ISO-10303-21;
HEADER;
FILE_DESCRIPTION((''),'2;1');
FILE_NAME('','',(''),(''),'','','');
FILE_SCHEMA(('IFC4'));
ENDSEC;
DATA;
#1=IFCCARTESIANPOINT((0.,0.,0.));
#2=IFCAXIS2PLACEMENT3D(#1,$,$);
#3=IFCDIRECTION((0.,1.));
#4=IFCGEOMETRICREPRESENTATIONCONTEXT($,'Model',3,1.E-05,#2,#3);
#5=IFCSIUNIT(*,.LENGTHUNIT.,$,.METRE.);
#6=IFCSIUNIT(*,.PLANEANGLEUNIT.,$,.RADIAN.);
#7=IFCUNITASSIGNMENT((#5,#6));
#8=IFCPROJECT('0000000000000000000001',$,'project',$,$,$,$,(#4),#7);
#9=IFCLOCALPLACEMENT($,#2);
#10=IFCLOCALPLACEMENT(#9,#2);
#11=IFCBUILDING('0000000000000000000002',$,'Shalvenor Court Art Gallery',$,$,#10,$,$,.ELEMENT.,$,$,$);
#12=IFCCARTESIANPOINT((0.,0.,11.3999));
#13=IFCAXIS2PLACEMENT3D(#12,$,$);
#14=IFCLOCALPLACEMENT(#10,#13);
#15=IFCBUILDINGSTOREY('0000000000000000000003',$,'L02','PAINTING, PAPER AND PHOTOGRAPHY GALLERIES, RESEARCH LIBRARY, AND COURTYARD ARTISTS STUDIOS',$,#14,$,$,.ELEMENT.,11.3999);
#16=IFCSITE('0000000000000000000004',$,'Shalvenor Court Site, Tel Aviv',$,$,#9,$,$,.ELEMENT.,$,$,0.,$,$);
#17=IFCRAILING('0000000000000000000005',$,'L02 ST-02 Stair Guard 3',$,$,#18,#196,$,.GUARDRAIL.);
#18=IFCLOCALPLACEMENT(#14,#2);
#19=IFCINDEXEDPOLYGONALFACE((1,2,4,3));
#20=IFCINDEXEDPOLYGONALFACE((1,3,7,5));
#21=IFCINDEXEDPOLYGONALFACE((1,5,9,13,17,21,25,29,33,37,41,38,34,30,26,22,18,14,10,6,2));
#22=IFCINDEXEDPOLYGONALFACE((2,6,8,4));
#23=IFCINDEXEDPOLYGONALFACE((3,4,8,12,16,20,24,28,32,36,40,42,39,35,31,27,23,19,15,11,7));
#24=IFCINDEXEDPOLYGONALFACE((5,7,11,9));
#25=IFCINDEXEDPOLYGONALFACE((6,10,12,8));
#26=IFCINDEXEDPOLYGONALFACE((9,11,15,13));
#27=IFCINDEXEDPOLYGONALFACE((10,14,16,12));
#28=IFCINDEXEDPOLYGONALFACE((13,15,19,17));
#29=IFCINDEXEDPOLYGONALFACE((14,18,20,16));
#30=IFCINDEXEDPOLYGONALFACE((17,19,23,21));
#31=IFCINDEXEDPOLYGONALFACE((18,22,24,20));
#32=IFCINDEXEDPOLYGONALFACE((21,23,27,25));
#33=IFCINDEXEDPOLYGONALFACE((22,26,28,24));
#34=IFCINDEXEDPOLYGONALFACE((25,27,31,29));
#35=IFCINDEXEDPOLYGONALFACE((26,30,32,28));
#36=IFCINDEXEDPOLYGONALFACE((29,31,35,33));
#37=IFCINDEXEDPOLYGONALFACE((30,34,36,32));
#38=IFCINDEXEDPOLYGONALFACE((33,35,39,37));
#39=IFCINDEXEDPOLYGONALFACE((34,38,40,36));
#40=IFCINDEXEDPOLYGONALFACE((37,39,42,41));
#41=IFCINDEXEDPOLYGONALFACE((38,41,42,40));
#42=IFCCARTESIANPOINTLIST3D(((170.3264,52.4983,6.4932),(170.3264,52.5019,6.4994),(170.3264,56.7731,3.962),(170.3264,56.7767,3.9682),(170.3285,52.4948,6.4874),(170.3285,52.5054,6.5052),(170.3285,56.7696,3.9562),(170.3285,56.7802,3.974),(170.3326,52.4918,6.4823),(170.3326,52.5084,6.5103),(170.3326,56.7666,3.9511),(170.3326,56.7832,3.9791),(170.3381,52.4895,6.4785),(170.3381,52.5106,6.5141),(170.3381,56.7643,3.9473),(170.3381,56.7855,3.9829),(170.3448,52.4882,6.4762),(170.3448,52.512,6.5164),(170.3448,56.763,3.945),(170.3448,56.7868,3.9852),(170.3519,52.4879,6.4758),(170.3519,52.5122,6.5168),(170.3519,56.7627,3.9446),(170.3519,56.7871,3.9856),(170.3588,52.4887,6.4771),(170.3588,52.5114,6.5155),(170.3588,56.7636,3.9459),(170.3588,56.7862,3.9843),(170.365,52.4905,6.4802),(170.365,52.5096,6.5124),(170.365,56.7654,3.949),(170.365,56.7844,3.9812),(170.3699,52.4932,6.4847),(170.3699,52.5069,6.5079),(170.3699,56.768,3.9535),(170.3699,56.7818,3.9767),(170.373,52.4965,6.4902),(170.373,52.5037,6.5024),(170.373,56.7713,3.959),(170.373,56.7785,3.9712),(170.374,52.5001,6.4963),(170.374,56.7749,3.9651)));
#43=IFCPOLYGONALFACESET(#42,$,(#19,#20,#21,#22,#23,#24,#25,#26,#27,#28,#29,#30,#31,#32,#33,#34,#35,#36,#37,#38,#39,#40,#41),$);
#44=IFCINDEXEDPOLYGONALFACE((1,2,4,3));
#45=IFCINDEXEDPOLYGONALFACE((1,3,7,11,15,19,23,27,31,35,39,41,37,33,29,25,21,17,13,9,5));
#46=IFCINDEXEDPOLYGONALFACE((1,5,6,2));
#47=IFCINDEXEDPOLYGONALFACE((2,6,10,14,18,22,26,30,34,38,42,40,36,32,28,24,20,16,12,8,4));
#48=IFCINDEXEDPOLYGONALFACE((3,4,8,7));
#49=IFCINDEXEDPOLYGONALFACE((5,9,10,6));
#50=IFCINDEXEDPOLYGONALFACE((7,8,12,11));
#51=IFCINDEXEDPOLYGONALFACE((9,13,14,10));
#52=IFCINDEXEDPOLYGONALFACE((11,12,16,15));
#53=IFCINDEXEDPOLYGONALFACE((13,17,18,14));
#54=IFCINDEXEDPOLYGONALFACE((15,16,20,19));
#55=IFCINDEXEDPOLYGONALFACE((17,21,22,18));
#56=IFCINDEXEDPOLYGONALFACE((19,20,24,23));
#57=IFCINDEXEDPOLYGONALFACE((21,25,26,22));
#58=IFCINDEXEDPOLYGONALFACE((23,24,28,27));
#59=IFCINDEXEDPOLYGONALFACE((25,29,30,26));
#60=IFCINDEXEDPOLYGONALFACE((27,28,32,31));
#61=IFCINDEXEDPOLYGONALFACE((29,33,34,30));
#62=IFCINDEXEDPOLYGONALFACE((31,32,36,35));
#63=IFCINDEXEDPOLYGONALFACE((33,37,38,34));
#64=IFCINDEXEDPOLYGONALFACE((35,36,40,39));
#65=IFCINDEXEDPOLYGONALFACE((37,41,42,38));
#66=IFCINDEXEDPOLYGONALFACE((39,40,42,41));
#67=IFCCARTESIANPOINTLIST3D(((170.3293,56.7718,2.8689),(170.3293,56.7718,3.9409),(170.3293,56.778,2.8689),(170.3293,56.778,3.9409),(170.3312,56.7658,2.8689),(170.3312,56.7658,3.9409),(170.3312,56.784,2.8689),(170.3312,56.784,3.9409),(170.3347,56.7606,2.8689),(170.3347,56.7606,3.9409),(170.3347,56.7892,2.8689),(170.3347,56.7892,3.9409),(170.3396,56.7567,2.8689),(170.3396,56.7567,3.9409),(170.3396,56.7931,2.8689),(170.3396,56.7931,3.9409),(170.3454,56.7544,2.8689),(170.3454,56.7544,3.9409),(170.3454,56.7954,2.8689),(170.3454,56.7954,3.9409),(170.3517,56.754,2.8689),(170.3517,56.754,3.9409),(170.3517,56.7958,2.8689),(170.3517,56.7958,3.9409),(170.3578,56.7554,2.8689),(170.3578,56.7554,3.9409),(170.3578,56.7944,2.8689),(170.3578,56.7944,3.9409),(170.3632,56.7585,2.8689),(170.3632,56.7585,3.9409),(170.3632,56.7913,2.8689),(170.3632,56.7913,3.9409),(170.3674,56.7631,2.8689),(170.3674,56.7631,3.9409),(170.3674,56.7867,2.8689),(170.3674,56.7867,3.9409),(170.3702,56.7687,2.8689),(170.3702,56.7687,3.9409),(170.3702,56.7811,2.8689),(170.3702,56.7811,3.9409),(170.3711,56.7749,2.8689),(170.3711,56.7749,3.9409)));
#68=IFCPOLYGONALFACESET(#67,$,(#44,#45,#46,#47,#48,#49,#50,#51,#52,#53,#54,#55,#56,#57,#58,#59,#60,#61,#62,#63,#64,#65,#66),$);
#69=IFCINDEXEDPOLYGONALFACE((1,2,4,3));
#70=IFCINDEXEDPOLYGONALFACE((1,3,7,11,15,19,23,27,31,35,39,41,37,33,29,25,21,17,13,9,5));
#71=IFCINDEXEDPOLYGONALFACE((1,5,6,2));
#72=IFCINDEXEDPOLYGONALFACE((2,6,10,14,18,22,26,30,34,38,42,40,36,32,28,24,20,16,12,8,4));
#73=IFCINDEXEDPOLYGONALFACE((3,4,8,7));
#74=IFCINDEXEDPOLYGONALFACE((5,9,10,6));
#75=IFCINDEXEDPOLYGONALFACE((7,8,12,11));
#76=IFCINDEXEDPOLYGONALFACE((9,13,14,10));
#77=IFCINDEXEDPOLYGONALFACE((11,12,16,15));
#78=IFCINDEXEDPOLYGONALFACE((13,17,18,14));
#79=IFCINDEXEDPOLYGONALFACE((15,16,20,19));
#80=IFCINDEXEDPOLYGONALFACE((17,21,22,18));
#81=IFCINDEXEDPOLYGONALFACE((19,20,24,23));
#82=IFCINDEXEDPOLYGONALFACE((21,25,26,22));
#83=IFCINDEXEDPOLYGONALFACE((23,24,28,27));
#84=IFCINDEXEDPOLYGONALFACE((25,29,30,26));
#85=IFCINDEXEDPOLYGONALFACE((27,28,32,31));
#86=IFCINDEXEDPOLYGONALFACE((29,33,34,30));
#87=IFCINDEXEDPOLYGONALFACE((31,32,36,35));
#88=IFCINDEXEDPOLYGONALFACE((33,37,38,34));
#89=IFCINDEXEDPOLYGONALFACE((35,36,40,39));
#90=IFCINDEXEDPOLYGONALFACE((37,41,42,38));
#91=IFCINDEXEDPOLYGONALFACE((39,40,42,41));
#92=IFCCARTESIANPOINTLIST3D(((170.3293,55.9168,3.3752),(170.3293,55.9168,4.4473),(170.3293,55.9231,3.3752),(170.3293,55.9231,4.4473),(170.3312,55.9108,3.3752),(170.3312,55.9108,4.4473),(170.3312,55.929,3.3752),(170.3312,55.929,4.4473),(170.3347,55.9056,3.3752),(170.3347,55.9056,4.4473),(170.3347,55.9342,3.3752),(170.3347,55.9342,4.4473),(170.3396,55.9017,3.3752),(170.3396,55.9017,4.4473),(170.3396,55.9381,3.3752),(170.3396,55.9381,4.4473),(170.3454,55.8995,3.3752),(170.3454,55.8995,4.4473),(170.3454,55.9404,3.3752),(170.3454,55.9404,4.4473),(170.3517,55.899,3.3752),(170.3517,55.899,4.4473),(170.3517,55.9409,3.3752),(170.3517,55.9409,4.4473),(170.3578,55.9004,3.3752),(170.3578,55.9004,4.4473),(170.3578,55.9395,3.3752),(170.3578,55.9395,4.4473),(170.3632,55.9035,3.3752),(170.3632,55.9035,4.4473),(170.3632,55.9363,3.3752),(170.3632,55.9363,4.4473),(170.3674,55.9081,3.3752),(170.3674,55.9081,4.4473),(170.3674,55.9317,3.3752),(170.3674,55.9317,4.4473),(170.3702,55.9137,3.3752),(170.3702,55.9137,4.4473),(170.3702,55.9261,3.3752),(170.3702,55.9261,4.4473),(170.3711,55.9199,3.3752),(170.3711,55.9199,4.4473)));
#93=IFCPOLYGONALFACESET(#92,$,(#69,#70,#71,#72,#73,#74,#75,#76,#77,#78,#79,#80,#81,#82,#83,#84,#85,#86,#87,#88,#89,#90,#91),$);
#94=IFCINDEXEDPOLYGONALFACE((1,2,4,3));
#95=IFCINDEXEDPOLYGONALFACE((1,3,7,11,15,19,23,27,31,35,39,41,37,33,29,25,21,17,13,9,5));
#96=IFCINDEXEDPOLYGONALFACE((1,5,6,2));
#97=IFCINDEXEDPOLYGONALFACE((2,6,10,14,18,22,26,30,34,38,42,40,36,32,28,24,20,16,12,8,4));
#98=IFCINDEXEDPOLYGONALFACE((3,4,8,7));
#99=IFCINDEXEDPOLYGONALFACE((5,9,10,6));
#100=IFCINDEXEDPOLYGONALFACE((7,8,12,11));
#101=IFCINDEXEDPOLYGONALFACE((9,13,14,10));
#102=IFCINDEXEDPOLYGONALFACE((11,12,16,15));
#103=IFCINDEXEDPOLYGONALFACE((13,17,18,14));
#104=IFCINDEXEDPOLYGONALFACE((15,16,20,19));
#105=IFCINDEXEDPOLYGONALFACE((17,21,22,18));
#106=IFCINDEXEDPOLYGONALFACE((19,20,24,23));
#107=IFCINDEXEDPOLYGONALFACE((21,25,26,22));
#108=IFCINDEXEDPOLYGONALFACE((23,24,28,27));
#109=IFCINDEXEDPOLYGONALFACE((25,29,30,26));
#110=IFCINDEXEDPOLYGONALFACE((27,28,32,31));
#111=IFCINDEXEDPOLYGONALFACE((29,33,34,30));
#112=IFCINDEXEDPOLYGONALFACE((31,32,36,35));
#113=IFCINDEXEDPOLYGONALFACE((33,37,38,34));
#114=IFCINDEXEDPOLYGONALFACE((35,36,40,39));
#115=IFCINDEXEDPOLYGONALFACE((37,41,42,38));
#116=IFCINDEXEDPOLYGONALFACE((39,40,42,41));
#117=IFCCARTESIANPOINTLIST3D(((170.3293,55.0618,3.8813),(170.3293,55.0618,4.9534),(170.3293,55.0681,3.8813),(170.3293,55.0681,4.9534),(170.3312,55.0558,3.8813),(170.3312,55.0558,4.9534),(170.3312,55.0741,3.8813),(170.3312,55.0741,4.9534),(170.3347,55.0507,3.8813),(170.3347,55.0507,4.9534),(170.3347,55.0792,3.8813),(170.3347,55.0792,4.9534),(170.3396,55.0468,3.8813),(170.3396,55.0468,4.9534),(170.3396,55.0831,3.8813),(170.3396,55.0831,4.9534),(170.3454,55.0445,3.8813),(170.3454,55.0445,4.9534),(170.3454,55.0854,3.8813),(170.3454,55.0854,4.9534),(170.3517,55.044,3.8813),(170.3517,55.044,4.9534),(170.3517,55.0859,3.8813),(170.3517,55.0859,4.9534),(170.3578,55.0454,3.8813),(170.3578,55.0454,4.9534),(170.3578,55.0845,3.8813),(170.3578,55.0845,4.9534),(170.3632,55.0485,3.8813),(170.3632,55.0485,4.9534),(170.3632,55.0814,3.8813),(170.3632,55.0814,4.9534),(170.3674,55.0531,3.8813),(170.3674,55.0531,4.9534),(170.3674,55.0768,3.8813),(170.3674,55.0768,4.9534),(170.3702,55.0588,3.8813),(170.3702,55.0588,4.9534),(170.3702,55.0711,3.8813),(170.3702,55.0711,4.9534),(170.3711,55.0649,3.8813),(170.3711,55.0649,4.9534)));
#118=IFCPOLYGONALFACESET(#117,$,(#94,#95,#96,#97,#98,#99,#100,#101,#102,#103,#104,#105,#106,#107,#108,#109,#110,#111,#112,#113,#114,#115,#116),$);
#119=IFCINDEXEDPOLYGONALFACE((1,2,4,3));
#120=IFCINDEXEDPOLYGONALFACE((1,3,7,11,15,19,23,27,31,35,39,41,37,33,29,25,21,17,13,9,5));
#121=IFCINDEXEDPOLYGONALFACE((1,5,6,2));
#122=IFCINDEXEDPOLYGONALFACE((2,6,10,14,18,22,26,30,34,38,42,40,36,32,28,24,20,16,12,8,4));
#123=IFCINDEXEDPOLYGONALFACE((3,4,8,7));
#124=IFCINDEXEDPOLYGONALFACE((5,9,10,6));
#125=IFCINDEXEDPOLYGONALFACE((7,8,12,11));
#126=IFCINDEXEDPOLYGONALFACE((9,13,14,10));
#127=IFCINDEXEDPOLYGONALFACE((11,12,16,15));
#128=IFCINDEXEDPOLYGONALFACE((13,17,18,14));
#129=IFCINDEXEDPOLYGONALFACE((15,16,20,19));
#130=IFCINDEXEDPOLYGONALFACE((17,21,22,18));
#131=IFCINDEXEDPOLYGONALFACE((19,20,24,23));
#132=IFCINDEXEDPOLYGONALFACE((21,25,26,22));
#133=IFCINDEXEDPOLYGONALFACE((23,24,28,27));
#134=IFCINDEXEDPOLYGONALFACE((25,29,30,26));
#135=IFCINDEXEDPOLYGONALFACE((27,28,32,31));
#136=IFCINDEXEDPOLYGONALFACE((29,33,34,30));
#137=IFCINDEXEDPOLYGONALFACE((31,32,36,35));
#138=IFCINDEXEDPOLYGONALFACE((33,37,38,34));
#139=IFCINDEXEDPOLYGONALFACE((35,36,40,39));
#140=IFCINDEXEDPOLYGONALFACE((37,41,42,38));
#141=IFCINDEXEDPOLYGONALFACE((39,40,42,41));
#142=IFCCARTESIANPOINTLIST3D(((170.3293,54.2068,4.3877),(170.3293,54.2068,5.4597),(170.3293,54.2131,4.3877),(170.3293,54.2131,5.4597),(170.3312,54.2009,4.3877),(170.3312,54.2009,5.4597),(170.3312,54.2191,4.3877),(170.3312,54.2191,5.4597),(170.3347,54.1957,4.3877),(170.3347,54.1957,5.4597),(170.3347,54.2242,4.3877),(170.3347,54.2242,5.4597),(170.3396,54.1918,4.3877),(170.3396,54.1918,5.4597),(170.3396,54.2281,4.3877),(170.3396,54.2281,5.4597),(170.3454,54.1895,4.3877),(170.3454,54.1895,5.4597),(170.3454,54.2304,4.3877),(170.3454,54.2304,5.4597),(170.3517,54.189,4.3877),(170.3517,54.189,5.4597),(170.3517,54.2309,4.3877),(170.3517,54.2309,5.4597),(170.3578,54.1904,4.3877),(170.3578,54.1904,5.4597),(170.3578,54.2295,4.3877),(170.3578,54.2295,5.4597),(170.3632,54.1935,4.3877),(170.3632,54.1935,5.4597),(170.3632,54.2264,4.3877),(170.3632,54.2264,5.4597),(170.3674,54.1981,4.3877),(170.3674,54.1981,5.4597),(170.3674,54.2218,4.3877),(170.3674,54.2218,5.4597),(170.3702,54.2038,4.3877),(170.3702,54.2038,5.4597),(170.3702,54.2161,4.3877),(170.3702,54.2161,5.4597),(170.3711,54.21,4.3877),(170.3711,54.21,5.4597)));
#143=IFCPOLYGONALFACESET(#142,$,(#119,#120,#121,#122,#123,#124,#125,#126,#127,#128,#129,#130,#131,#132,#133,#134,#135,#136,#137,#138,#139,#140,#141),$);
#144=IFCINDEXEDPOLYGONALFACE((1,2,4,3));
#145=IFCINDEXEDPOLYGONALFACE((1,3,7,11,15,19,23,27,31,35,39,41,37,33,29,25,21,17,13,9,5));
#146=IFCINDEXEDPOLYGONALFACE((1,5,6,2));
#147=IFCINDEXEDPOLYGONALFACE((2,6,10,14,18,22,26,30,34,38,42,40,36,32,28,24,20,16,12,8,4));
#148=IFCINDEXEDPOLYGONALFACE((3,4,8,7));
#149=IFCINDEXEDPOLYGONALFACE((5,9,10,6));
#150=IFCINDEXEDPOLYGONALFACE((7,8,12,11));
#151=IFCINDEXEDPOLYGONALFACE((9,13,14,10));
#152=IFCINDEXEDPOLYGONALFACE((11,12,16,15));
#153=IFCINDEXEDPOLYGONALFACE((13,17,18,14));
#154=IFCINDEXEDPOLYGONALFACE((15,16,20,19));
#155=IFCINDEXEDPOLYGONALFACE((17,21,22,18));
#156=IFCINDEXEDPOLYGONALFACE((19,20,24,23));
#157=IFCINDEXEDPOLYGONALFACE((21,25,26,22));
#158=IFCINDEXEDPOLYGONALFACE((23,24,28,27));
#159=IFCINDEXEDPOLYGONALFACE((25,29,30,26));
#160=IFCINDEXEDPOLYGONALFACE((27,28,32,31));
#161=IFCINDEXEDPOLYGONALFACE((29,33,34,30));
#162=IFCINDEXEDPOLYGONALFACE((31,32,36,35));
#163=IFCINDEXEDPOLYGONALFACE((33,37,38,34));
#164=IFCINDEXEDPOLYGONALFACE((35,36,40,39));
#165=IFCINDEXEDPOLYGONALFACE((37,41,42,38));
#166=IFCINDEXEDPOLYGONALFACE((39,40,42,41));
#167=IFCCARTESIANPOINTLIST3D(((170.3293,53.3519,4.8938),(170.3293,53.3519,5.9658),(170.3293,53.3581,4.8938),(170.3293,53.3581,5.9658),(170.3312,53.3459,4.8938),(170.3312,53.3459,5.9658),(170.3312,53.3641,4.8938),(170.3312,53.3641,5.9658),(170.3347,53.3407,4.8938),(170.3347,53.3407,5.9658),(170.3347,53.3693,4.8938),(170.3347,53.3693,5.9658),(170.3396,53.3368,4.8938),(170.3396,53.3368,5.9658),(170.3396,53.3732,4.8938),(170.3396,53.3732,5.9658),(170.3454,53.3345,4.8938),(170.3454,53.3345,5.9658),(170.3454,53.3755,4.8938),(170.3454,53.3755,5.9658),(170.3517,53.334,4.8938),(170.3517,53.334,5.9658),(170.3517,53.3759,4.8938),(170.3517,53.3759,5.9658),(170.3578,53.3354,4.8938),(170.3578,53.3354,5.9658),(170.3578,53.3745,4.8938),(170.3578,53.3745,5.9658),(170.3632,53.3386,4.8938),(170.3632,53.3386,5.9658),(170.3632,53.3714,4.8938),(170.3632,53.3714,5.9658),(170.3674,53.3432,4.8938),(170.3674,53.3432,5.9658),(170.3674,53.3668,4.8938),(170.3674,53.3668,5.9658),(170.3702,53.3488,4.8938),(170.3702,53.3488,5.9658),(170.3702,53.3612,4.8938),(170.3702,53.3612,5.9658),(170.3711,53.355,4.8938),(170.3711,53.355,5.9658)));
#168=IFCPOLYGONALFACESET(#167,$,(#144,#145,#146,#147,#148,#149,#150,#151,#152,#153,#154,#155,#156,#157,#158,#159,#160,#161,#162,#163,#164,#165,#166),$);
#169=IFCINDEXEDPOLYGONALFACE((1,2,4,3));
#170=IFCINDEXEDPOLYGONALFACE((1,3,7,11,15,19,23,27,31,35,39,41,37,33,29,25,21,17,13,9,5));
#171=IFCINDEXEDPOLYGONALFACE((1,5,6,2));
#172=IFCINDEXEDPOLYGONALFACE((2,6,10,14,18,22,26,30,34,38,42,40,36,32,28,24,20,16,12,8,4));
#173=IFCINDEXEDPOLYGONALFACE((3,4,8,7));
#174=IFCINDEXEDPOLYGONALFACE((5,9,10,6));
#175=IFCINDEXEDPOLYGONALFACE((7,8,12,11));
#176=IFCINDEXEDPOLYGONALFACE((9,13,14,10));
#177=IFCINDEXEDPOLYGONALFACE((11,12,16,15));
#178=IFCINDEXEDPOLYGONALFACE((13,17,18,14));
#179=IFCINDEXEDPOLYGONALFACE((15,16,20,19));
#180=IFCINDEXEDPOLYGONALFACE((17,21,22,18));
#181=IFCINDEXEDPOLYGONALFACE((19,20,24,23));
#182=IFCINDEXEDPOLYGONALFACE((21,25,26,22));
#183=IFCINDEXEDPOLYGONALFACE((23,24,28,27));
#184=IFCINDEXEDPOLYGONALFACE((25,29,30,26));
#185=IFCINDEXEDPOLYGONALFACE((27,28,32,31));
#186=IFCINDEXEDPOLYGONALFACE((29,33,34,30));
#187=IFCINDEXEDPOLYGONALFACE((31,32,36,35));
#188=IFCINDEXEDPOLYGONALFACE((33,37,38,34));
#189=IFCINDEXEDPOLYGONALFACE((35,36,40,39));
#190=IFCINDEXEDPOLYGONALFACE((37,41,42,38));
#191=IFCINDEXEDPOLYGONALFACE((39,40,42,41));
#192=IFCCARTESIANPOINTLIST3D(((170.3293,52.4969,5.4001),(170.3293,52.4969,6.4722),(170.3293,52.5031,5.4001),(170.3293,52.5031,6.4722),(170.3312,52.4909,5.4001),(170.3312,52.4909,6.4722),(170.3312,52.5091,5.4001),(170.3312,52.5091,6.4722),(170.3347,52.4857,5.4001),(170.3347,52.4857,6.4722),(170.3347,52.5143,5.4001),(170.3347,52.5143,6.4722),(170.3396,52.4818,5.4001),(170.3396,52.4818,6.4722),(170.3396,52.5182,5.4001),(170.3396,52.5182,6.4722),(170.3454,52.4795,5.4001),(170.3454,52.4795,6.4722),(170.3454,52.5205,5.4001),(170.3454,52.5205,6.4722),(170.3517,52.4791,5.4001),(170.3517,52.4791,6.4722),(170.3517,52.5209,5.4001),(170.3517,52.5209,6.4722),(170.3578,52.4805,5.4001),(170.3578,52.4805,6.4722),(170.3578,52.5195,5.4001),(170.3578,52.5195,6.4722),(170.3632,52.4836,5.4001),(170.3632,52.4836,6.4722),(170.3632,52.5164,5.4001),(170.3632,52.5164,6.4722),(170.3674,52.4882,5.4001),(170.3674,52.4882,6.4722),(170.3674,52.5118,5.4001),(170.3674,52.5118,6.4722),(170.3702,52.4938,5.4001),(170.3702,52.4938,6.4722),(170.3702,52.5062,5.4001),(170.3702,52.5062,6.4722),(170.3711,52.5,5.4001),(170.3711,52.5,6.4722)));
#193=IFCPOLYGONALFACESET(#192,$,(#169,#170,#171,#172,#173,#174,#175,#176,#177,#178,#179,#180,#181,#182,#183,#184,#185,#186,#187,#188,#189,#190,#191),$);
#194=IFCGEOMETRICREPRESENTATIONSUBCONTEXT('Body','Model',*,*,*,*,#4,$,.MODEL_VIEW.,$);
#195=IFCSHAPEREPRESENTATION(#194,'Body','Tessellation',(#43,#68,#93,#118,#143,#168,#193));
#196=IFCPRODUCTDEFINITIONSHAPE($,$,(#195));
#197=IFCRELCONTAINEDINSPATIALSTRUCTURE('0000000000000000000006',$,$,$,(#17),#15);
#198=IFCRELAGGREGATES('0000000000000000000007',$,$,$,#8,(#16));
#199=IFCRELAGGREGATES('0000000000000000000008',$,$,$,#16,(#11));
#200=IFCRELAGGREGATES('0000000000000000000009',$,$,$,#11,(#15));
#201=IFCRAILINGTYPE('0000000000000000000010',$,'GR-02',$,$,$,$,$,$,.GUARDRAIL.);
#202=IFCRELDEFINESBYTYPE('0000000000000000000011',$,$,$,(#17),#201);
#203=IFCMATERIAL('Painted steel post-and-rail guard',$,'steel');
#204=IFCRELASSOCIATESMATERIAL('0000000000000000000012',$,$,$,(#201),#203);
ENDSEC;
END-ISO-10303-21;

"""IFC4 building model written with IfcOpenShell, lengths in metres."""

from ifc_helpers import new_model, si_unit, direction, frame, origin, origin_2d, place, context, subcontext, project, spatial, circle, extrude, material, type_object, element, save


model = new_model("IFC4")

# Units and contexts
model_context = context("Model", 3, precision=1e-05, world=origin(), true_north=direction((0.0, 1.0)))
body_context = subcontext(model_context, "Body", "Model", "MODEL_VIEW")
ifc_project = project(units=[si_unit("LENGTHUNIT", "METRE"), si_unit("PLANEANGLEUNIT", "RADIAN")], contexts=[model_context])

# Site, building, storey
site_placement = place(None, origin())
site = spatial("IfcSite", under=ifc_project, at=site_placement, Name="Shalvenor Court Site, Tel Aviv", CompositionType="ELEMENT", RefElevation=0.0)
building_placement = place(site_placement, origin())
building = spatial("IfcBuilding", under=site, at=building_placement, Name="Shalvenor Court Art Gallery", CompositionType="ELEMENT")
storey_placement = place(building_placement, frame((0.0, 0.0, 11.3999)))
storey = spatial("IfcBuildingStorey", under=building, at=storey_placement, Name="L02", Description="PAINTING, PAPER AND PHOTOGRAPHY GALLERIES, RESEARCH LIBRARY, AND COURTYARD ARTISTS STUDIOS", CompositionType="ELEMENT", Elevation=11.3999)

# Railing
ifc_material_1 = material(Name="Painted steel post-and-rail guard", Category="steel")
railing_type_1 = type_object("IfcRailingType", Name="GR-02", PredefinedType="GUARDRAIL", material=ifc_material_1)
railing_1_placement = place(storey_placement, frame((170.3501, 56.7749, 2.8689)))
element("IfcRailing", 1, at=railing_1_placement, inside=storey, type_object=railing_type_1, Name="L02 ST-02 Stair Guard 3", PredefinedType="GUARDRAIL", context=body_context, shape_type="SweptSolid", body=[
    extrude(circle(Radius=0.0239, at=origin_2d()), frame((0.0, 0.0, 1.0962), z_axis=(0.0, -0.86047, 0.509501), x_axis=(1.0, 0.0, 0.0)), (0.0, 0.0, 1.0), 4.968),
    extrude(circle(Radius=0.021, at=origin_2d()), origin(), (0.0, 0.0, 1.0), 1.072),
    extrude(circle(Radius=0.021, at=origin_2d()), frame((0.0, -0.855, 0.5063)), (0.0, 0.0, 1.0), 1.072),
    extrude(circle(Radius=0.021, at=origin_2d()), frame((0.0, -1.71, 1.0125)), (0.0, 0.0, 1.0), 1.072),
    extrude(circle(Radius=0.021, at=origin_2d()), frame((0.0, -2.5649, 1.5188)), (0.0, 0.0, 1.0), 1.072),
    extrude(circle(Radius=0.021, at=origin_2d()), frame((0.0, -3.4199, 2.0249)), (0.0, 0.0, 1.0), 1.072),
    extrude(circle(Radius=0.021, at=origin_2d()), frame((0.0, -4.2749, 2.5312)), (0.0, 0.0, 1.0), 1.072),
])

save(model, "model.ifc")
